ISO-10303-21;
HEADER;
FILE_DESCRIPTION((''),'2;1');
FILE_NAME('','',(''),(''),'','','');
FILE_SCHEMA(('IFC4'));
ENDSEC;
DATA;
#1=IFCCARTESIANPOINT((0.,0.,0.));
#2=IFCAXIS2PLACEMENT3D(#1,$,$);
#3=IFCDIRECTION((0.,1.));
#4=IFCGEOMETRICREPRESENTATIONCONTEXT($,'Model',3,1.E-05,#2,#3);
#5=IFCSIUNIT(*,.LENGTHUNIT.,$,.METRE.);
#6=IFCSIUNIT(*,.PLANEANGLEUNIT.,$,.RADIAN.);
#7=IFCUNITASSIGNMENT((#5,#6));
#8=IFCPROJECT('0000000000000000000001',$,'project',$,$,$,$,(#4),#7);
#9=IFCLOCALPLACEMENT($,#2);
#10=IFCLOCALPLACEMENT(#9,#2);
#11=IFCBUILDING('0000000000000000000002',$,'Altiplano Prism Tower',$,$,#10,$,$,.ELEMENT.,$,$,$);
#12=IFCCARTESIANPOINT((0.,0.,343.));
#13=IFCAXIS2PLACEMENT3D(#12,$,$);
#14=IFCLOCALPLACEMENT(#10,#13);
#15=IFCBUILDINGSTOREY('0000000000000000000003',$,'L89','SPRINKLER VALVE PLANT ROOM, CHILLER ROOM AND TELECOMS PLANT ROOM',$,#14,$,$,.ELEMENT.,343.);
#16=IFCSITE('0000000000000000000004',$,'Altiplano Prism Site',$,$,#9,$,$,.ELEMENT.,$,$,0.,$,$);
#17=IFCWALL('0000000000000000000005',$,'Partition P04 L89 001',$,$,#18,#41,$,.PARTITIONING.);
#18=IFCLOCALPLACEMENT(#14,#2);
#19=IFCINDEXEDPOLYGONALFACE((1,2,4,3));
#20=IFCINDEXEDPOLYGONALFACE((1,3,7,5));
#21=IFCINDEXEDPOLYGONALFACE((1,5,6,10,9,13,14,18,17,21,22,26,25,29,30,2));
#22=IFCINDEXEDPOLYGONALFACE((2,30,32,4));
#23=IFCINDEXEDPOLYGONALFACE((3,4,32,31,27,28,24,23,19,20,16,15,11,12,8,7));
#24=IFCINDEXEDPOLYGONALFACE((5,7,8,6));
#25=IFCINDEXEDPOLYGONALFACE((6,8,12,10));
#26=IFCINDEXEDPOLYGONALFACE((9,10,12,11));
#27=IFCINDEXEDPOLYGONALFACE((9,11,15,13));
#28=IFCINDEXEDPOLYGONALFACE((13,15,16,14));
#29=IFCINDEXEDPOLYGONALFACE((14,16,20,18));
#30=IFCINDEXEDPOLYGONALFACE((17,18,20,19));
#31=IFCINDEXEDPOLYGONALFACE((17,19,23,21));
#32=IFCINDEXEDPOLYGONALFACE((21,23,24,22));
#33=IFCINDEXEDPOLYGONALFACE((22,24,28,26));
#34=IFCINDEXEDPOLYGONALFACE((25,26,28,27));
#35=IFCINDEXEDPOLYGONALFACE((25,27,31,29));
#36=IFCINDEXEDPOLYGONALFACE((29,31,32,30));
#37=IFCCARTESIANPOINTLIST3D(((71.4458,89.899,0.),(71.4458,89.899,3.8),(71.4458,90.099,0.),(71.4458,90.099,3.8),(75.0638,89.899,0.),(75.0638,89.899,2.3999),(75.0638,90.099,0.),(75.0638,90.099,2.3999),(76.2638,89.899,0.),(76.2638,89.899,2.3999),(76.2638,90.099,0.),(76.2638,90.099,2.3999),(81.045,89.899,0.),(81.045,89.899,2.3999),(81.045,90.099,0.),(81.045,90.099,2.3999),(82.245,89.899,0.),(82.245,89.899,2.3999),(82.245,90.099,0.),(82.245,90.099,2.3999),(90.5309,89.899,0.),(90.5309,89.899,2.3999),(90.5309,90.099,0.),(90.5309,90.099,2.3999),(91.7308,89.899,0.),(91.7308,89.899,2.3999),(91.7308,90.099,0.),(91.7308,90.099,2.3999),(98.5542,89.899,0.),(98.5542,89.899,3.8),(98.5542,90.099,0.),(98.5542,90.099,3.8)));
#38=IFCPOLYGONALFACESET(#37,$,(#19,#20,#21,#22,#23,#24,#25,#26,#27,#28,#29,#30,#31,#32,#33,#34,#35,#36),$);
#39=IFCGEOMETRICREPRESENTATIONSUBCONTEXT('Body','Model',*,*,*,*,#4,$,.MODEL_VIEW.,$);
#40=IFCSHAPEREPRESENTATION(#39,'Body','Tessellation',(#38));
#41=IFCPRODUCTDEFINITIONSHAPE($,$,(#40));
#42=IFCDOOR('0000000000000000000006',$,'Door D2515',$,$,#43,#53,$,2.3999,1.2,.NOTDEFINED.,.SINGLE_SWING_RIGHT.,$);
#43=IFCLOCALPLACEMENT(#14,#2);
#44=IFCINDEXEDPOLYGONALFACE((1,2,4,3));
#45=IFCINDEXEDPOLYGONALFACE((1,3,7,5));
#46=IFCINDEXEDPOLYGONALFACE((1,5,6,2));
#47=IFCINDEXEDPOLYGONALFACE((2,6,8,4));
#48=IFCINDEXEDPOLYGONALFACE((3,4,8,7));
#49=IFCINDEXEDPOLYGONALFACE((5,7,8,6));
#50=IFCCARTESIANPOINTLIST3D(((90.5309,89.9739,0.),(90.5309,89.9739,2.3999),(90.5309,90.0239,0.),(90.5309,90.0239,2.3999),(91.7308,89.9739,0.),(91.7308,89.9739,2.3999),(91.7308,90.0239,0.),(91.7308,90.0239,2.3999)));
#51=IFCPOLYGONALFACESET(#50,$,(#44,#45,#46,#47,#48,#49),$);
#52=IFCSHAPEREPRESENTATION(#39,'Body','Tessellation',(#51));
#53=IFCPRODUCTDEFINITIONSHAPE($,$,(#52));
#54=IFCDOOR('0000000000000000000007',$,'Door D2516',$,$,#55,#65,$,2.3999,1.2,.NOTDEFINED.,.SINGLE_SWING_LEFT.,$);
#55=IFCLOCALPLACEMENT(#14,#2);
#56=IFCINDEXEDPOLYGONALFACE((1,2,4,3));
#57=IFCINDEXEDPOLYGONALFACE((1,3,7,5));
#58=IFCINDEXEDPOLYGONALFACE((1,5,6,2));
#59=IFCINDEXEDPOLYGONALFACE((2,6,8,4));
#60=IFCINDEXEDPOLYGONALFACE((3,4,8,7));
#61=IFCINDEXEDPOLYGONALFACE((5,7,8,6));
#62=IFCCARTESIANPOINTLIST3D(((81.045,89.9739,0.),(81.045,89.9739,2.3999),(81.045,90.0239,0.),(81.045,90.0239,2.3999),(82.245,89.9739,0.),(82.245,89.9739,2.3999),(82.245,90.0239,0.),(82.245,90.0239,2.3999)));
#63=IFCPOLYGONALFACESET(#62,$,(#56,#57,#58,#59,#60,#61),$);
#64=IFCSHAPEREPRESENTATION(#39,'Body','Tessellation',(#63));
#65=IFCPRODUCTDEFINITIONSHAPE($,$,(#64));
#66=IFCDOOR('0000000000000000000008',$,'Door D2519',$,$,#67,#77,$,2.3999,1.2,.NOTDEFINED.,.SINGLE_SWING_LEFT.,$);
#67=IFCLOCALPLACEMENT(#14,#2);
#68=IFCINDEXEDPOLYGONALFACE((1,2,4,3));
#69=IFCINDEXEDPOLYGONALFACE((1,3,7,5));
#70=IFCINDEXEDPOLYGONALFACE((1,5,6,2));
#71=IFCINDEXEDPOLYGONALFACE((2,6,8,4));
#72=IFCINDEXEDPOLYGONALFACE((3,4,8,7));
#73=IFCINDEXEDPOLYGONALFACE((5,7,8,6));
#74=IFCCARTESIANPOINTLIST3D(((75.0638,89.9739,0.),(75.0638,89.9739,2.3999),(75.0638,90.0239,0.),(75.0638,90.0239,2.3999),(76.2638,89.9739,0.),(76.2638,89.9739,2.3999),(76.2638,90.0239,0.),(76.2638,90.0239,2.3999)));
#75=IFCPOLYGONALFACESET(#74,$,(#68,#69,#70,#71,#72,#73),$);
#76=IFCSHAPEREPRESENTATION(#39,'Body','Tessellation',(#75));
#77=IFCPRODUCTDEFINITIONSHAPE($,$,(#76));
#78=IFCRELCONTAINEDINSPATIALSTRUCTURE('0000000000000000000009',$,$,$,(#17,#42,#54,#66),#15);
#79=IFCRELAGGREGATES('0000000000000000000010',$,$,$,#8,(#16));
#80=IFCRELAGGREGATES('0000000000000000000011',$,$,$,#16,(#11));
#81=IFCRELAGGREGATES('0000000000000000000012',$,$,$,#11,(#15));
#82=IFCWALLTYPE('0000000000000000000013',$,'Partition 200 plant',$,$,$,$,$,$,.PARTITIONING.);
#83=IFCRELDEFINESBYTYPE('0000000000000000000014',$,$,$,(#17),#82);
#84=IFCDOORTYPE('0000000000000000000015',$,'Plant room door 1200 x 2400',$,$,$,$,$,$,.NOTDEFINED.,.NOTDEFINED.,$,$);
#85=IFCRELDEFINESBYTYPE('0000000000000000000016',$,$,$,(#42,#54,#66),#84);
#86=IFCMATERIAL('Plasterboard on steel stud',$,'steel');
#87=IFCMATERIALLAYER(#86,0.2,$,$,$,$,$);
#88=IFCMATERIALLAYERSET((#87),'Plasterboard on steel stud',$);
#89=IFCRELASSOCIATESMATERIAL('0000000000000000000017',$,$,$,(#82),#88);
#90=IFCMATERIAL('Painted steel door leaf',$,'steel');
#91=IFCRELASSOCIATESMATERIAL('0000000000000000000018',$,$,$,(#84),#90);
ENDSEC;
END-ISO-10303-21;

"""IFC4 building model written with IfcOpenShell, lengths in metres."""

from ifc_helpers import new_model, si_unit, direction, frame, frame_2d, origin, place, context, subcontext, project, spatial, rectangle, extrude, material, layer, layer_set, type_object, element, fill, save


model = new_model("IFC4")

# Units and contexts
model_context = context("Model", 3, precision=1e-05, world=origin(), true_north=direction((0.0, 1.0)))
body_context = subcontext(model_context, "Body", "Model", "MODEL_VIEW")
ifc_project = project(units=[si_unit("LENGTHUNIT", "METRE"), si_unit("PLANEANGLEUNIT", "RADIAN")], contexts=[model_context])

# Site, building, storey
site_placement = place(None, origin())
site = spatial("IfcSite", under=ifc_project, at=site_placement, Name="Altiplano Prism Site", CompositionType="ELEMENT", RefElevation=0.0)
building_placement = place(site_placement, origin())
building = spatial("IfcBuilding", under=site, at=building_placement, Name="Altiplano Prism Tower", CompositionType="ELEMENT")
storey_placement = place(building_placement, frame((0.0, 0.0, 343.0)))
storey = spatial("IfcBuildingStorey", under=building, at=storey_placement, Name="L89", Description="SPRINKLER VALVE PLANT ROOM, CHILLER ROOM AND TELECOMS PLANT ROOM", CompositionType="ELEMENT", Elevation=343.0)

# Wall, openings, doors
ifc_material_1 = material(Name="Plasterboard on steel stud", Category="steel")
ifc_layer_1 = layer(ifc_material_1, 0.2)
ifc_layer_set_1 = layer_set([ifc_layer_1], Name="Plasterboard on steel stud")
wall_type = type_object("IfcWallType", Name="Partition 200 plant", PredefinedType="PARTITIONING", material=ifc_layer_set_1)
wall_placement = place(storey_placement, frame((71.4458, 89.999, 0.0), z_axis=(0.0, 0.0, 1.0), x_axis=(1.0, 0.0, 0.0)))
wall = element("IfcWall", 1, at=wall_placement, inside=storey, type_object=wall_type, Name="Partition P04 L89 001", PredefinedType="PARTITIONING", context=body_context, shape_type="SweptSolid", body=[
    extrude(rectangle(XDim=27.1084, YDim=0.2, at=frame_2d((13.5542, 0.0))), origin(), (0.0, 0.0, 1.0), 3.8),
])
opening_1_placement = place(wall_placement, frame((19.085, 0.0, 0.0)))
opening_1 = element("IfcOpeningElement", 2, at=opening_1_placement, cuts=wall, PredefinedType="OPENING", context=body_context, shape_type="SweptSolid", body=[
    extrude(rectangle(XDim=1.2, YDim=2.3999, at=frame_2d((0.6001, 1.2))), frame((0.0, 0.1104, 0.0), z_axis=(0.0, -1.0, 0.0), x_axis=(1.0, 0.0, 0.0)), (0.0, 0.0, 1.0), 0.2209),
])
opening_2_placement = place(wall_placement, frame((9.5991, 0.0, 0.0)))
opening_2 = element("IfcOpeningElement", 3, at=opening_2_placement, cuts=wall, PredefinedType="OPENING", context=body_context, shape_type="SweptSolid", body=[
    extrude(rectangle(XDim=1.2, YDim=2.3999, at=frame_2d((0.6001, 1.2))), frame((0.0, 0.1104, 0.0), z_axis=(0.0, -1.0, 0.0), x_axis=(1.0, 0.0, 0.0)), (0.0, 0.0, 1.0), 0.2209),
])
opening_3_placement = place(wall_placement, frame((3.6179, 0.0, 0.0)))
opening_3 = element("IfcOpeningElement", 4, at=opening_3_placement, cuts=wall, PredefinedType="OPENING", context=body_context, shape_type="SweptSolid", body=[
    extrude(rectangle(XDim=1.2, YDim=2.3999, at=frame_2d((0.6001, 1.2))), frame((0.0, 0.1104, 0.0), z_axis=(0.0, -1.0, 0.0), x_axis=(1.0, 0.0, 0.0)), (0.0, 0.0, 1.0), 0.2209),
])
ifc_material_2 = material(Name="Painted steel door leaf", Category="steel")
door_type = type_object("IfcDoorType", Name="Plant room door 1200 x 2400", OperationType="NOTDEFINED", PredefinedType="NOTDEFINED", material=ifc_material_2)
door_1_placement = place(opening_1_placement, origin())
door_1 = element("IfcDoor", 5, at=door_1_placement, inside=storey, type_object=door_type, Name="Door D2515", OperationType="SINGLE_SWING_RIGHT", OverallHeight=2.3999, OverallWidth=1.2, PredefinedType="NOTDEFINED", context=body_context, shape_type="SweptSolid", body=[
    extrude(rectangle(XDim=1.2, YDim=2.3999, at=frame_2d((0.6001, 1.2))), frame((0.0, 0.0249, 0.0), z_axis=(0.0, -1.0, 0.0), x_axis=(1.0, 0.0, 0.0)), (0.0, 0.0, 1.0), 0.05),
])
fill(opening_1, door_1)
door_2_placement = place(opening_2_placement, origin())
door_2 = element("IfcDoor", 6, at=door_2_placement, inside=storey, type_object=door_type, Name="Door D2516", OperationType="SINGLE_SWING_LEFT", OverallHeight=2.3999, OverallWidth=1.2, PredefinedType="NOTDEFINED", context=body_context, shape_type="SweptSolid", body=[
    extrude(rectangle(XDim=1.2, YDim=2.3999, at=frame_2d((0.6001, 1.2))), frame((0.0, 0.0249, 0.0), z_axis=(0.0, -1.0, 0.0), x_axis=(1.0, 0.0, 0.0)), (0.0, 0.0, 1.0), 0.05),
])
fill(opening_2, door_2)
door_3_placement = place(opening_3_placement, origin())
door_3 = element("IfcDoor", 7, at=door_3_placement, inside=storey, type_object=door_type, Name="Door D2519", OperationType="SINGLE_SWING_LEFT", OverallHeight=2.3999, OverallWidth=1.2, PredefinedType="NOTDEFINED", context=body_context, shape_type="SweptSolid", body=[
    extrude(rectangle(XDim=1.2, YDim=2.3999, at=frame_2d((0.6001, 1.2))), frame((0.0, 0.0249, 0.0), z_axis=(0.0, -1.0, 0.0), x_axis=(1.0, 0.0, 0.0)), (0.0, 0.0, 1.0), 0.05),
])
fill(opening_3, door_3)

save(model, "model.ifc")
